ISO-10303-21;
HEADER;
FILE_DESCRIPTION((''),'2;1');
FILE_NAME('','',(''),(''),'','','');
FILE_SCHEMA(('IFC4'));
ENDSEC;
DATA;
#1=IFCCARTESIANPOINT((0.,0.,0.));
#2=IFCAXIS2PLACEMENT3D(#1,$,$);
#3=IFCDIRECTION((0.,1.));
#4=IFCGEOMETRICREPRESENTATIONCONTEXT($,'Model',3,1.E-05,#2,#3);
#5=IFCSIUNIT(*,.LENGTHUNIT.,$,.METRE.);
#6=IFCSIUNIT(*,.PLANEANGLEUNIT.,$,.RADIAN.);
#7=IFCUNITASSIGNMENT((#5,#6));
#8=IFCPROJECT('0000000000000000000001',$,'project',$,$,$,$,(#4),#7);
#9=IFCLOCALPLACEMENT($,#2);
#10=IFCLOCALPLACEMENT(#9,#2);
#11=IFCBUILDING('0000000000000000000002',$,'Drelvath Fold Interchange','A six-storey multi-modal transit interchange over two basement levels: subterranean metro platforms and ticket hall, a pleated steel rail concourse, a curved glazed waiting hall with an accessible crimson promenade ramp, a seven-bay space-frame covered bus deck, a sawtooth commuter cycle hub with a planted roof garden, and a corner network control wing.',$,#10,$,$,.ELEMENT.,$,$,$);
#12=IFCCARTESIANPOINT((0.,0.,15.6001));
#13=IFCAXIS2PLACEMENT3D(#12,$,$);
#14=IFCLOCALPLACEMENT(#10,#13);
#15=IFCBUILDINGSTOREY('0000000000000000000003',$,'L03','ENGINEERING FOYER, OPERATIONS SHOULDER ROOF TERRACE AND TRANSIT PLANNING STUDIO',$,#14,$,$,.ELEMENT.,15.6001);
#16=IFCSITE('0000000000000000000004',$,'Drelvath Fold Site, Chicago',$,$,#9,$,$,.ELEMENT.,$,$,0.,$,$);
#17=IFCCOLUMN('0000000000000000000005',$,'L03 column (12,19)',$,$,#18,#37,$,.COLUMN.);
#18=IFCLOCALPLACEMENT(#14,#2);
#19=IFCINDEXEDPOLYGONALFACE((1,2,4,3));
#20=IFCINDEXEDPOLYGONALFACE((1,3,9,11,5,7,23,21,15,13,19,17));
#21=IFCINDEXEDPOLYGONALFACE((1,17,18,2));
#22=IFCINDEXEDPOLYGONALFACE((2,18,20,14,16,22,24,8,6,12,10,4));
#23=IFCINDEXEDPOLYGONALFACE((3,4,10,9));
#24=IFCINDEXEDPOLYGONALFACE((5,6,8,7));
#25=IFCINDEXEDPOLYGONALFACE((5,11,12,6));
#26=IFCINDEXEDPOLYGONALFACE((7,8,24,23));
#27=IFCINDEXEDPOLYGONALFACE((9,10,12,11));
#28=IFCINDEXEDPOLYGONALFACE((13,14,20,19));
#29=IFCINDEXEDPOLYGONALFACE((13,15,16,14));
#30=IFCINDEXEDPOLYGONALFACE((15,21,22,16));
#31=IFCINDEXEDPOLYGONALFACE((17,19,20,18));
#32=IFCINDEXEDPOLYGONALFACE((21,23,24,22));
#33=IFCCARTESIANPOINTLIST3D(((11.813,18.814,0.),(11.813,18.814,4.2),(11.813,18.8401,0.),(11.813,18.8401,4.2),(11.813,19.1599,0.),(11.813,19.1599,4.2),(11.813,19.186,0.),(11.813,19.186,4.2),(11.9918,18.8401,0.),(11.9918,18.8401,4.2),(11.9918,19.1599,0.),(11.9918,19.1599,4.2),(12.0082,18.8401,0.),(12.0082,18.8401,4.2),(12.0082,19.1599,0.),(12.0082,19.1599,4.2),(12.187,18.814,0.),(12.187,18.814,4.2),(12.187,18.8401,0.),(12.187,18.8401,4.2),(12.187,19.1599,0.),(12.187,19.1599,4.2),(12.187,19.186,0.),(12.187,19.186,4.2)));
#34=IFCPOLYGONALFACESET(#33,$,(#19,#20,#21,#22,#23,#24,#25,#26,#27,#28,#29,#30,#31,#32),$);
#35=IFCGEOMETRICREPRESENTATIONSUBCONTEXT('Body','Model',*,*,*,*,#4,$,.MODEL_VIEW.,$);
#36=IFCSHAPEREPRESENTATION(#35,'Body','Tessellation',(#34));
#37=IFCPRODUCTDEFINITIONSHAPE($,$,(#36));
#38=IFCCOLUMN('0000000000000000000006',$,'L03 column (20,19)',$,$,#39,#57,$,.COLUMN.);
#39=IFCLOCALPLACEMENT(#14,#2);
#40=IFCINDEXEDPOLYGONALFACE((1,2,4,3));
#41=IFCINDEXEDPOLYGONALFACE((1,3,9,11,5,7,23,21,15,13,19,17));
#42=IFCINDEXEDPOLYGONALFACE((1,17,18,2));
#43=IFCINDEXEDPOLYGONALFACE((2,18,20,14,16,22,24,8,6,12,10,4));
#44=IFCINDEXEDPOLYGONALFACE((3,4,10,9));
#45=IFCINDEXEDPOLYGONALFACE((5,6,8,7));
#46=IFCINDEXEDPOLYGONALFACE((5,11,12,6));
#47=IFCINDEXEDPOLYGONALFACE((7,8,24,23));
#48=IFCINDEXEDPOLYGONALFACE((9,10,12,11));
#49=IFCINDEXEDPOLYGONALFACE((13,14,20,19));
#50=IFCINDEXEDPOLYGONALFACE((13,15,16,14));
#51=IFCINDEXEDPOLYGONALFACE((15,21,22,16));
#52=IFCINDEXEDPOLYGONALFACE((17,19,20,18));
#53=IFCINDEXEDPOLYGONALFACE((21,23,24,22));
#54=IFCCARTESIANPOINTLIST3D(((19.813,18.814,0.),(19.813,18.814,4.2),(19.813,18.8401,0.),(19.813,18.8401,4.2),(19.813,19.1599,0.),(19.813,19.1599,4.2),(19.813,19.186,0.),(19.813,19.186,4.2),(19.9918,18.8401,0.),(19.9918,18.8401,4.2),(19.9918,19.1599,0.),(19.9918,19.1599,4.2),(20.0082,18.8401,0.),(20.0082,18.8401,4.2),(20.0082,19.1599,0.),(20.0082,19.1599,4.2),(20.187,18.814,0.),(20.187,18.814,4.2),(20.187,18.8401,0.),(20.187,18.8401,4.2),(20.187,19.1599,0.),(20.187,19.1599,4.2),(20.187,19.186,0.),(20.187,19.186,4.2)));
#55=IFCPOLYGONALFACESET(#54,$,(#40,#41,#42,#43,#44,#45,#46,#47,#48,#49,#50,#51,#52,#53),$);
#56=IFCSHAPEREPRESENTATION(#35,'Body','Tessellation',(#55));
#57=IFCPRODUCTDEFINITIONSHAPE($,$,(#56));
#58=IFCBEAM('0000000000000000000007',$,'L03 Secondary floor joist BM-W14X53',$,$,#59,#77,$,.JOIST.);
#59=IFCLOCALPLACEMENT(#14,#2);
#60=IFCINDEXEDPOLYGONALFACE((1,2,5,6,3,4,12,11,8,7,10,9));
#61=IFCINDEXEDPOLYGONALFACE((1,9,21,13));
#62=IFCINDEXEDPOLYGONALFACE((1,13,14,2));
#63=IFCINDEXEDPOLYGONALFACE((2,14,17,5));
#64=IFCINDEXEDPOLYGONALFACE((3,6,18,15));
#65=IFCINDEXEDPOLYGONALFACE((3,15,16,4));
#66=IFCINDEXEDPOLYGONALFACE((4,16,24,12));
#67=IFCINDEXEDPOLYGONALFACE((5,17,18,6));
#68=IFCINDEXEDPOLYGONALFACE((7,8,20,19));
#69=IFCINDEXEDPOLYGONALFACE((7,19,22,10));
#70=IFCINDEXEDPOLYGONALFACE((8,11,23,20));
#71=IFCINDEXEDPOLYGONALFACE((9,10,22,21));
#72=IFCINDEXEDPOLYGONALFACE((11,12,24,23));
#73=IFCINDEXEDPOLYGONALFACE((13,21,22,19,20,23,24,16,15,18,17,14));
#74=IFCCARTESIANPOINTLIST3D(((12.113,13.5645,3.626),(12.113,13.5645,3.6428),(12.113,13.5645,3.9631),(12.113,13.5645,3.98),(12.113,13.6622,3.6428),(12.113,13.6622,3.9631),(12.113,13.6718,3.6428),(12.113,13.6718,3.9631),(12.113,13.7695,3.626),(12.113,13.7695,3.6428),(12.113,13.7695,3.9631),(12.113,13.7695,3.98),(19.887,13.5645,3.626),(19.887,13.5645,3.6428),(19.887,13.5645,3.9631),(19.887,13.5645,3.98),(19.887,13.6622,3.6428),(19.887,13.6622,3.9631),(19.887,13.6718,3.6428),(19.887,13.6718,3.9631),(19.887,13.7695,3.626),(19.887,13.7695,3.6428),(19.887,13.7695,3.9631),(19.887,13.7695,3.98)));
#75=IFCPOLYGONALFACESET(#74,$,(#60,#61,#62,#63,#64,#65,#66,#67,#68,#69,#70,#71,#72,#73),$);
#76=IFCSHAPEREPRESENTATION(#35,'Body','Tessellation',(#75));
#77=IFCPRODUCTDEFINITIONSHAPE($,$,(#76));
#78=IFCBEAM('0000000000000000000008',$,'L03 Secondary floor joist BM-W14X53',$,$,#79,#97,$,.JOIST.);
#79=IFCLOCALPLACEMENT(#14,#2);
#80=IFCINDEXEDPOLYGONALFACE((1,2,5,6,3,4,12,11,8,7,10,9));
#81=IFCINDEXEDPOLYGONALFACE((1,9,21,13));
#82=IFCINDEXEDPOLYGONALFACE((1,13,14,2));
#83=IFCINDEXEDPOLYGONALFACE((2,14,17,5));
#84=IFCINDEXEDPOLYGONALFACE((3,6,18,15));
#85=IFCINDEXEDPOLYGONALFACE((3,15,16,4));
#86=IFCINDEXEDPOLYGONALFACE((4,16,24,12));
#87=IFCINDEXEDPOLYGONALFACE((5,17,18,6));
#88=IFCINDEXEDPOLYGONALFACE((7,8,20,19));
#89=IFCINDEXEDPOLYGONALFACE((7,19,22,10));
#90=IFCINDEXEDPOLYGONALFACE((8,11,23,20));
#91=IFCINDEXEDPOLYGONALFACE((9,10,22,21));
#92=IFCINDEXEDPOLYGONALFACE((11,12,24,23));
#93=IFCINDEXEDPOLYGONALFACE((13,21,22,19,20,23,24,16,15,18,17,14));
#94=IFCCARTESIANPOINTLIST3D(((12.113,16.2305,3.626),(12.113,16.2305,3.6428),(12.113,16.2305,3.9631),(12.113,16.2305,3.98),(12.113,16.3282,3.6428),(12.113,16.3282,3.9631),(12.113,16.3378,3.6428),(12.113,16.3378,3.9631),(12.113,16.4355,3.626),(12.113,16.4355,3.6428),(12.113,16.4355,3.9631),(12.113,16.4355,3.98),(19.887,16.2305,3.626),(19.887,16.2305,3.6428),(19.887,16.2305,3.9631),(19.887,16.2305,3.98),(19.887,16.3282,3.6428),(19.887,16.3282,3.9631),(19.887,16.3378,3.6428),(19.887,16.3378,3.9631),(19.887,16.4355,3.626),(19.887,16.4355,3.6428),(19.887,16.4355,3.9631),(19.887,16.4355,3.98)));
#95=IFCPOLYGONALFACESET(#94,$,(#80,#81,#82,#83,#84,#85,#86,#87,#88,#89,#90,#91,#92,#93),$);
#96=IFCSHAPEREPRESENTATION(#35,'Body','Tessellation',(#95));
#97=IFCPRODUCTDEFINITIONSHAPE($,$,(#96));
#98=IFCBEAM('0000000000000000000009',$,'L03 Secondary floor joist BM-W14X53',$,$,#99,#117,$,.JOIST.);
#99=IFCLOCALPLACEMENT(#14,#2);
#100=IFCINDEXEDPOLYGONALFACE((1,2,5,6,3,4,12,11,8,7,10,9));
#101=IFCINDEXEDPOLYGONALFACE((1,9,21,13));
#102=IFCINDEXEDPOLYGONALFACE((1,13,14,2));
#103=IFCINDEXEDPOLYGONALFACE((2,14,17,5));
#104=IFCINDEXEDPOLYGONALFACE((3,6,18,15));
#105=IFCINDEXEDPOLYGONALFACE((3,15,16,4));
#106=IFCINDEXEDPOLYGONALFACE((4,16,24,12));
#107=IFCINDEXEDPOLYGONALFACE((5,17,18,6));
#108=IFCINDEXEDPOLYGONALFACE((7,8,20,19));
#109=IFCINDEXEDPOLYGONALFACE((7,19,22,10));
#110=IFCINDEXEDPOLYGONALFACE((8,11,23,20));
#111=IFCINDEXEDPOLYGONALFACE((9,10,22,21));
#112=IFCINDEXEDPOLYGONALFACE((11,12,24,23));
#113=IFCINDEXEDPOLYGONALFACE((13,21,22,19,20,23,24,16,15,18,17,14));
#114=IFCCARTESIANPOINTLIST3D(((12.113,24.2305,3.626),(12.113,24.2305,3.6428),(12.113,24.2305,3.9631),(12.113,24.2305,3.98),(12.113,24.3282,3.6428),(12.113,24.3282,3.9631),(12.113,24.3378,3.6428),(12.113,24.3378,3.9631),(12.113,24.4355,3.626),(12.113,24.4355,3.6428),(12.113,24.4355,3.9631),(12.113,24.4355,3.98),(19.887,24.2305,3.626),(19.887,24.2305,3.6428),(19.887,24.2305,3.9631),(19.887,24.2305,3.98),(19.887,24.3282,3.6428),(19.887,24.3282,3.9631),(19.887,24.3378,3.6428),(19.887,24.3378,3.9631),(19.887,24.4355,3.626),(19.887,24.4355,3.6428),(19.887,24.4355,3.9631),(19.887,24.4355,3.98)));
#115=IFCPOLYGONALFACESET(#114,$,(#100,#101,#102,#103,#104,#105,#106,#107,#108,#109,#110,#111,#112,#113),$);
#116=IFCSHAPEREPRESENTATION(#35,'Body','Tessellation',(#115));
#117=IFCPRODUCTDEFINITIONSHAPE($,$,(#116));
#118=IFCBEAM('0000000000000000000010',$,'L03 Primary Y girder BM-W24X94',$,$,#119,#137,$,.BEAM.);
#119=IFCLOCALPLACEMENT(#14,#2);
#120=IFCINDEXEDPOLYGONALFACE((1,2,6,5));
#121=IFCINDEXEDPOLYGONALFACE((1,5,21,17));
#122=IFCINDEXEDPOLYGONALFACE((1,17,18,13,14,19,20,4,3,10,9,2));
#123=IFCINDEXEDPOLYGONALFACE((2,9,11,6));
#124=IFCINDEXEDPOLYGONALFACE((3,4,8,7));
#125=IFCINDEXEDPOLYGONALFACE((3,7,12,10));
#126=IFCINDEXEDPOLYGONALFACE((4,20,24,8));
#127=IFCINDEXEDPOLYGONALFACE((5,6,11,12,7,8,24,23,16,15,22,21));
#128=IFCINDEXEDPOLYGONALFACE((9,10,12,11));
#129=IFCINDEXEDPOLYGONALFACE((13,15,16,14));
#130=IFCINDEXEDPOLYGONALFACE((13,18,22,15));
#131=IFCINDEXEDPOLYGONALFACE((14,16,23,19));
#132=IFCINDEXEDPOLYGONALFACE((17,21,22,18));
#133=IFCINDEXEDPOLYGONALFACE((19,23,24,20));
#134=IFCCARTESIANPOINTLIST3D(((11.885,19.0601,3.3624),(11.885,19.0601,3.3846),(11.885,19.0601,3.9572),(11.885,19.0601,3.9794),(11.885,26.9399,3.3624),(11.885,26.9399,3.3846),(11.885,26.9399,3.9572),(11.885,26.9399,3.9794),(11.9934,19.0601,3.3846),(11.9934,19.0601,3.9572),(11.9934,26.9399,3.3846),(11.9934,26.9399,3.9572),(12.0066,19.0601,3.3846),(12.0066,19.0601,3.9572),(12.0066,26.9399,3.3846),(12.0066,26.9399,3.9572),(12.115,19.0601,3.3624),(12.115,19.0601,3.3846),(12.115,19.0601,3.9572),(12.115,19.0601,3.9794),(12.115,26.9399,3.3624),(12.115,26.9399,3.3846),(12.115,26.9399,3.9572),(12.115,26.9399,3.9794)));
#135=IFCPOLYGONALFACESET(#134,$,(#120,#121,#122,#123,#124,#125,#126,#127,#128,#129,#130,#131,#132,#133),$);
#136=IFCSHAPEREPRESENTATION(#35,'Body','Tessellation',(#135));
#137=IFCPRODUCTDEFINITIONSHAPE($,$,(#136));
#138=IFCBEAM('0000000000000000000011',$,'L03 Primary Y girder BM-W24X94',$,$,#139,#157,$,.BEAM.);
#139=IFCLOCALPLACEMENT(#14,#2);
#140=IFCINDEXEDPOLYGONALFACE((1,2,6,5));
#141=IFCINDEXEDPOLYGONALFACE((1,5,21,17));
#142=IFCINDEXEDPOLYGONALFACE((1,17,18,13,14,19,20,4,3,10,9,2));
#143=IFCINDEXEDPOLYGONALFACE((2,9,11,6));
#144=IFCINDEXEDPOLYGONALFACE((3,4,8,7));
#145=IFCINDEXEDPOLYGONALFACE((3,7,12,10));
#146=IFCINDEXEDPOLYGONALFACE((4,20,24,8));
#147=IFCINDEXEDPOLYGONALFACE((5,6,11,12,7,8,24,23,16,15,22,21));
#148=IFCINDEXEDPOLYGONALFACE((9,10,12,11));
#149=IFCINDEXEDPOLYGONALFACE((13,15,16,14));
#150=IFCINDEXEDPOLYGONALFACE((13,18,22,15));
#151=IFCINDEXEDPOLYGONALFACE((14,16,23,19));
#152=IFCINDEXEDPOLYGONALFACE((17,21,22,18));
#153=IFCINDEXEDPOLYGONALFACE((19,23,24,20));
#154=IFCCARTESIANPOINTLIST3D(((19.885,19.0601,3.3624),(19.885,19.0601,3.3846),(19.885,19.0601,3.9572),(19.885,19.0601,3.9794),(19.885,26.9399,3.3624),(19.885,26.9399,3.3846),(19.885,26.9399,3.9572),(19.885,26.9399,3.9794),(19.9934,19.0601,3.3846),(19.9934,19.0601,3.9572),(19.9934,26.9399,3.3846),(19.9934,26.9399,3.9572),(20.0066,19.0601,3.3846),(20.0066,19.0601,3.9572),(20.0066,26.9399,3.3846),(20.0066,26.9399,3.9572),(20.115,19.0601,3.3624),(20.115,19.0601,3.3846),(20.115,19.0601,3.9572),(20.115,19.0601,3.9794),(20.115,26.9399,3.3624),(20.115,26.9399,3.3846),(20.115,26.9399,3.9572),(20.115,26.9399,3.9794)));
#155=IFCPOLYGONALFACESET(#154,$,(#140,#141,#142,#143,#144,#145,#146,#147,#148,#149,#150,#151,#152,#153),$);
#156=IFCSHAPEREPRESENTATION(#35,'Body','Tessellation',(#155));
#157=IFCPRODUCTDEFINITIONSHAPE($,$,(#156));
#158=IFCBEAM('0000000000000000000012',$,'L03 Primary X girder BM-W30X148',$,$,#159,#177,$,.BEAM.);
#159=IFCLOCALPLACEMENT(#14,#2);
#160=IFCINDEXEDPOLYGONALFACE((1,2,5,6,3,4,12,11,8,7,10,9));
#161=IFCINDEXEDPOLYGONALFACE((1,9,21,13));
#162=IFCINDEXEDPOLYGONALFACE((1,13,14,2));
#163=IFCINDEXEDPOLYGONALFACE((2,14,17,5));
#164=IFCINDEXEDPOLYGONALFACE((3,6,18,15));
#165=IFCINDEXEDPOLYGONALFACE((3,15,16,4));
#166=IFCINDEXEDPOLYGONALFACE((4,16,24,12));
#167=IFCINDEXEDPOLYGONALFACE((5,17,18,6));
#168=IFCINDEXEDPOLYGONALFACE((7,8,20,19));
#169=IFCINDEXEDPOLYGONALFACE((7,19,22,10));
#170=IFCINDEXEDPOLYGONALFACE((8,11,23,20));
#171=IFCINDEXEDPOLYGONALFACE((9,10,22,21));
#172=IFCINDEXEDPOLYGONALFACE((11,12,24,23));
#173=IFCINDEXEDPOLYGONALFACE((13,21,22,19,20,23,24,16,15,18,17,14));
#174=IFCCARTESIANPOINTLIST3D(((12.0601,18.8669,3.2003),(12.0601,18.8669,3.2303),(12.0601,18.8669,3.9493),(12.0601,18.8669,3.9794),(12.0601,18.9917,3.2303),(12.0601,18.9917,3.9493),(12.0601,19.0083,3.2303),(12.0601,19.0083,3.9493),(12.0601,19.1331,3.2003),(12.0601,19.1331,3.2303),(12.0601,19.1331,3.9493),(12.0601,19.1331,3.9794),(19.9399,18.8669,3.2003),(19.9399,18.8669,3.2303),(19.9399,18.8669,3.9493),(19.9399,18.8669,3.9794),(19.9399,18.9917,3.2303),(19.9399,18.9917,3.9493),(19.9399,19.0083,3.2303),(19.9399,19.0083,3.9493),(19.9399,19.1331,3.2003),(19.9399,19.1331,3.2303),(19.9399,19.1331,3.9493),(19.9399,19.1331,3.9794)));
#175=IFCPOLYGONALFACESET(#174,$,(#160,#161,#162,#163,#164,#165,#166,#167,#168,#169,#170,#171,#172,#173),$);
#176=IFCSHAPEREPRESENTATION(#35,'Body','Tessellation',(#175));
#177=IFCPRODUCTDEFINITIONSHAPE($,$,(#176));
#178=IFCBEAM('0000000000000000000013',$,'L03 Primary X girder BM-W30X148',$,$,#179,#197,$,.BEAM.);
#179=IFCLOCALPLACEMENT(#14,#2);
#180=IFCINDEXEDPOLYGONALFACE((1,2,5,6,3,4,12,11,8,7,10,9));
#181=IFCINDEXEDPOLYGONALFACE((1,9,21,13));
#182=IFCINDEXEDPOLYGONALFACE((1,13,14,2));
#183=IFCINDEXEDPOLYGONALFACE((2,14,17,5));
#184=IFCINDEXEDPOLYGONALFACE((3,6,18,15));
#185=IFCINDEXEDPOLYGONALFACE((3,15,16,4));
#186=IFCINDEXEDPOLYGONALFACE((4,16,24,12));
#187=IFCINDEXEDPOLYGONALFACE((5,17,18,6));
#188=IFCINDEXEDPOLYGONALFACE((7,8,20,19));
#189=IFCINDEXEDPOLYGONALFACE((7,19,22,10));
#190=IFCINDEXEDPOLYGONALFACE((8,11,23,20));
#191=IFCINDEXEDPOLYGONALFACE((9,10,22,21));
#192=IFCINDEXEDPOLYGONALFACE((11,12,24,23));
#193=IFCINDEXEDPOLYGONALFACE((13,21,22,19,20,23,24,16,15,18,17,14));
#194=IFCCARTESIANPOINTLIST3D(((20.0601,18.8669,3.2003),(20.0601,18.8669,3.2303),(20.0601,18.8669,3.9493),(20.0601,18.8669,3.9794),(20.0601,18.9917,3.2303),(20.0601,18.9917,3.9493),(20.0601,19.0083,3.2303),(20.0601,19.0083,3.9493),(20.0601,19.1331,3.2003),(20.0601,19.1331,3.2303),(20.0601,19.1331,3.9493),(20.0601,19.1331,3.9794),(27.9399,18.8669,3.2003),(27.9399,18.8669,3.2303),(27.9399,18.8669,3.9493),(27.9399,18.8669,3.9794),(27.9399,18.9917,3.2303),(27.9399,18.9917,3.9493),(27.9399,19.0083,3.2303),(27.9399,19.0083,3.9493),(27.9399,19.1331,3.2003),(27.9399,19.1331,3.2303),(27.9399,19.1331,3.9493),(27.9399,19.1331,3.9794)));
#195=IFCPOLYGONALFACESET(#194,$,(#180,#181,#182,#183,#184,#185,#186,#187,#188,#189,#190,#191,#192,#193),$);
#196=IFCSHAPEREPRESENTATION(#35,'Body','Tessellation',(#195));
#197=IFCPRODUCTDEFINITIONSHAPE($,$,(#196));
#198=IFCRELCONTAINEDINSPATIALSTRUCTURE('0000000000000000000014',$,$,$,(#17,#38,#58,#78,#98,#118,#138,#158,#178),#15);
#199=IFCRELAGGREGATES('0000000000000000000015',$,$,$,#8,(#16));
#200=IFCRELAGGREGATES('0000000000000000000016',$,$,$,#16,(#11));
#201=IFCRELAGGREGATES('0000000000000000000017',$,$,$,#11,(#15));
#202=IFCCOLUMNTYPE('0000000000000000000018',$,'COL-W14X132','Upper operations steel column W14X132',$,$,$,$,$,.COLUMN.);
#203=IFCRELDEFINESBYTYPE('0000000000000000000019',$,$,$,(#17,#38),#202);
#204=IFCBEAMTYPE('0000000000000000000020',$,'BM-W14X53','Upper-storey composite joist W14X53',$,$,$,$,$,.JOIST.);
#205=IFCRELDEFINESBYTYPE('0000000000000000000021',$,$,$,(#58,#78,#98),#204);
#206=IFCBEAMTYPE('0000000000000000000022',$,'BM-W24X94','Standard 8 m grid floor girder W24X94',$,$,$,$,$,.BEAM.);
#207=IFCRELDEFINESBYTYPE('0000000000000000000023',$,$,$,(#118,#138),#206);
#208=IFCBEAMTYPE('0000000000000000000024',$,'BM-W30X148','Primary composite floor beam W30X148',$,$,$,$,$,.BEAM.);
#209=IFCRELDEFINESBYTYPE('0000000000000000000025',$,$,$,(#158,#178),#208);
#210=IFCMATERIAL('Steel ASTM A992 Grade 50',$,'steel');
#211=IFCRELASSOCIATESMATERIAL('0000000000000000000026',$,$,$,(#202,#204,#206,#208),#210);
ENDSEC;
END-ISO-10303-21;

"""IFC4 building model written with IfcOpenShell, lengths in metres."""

from ifc_helpers import new_model, si_unit, direction, frame, origin, origin_2d, place, context, subcontext, project, spatial, i_section, extrude, material, material_profile, profile_set, type_object, element, save


model = new_model("IFC4")

# Units and contexts
model_context = context("Model", 3, precision=1e-05, world=origin(), true_north=direction((0.0, 1.0)))
body_context = subcontext(model_context, "Body", "Model", "MODEL_VIEW")
ifc_project = project(units=[si_unit("LENGTHUNIT", "METRE"), si_unit("PLANEANGLEUNIT", "RADIAN")], contexts=[model_context])

# Site, building, storey
site_placement = place(None, origin())
site = spatial("IfcSite", under=ifc_project, at=site_placement, Name="Drelvath Fold Site, Chicago", CompositionType="ELEMENT", RefElevation=0.0)
building_placement = place(site_placement, origin())
building = spatial("IfcBuilding", under=site, at=building_placement, Name="Drelvath Fold Interchange", Description="A six-storey multi-modal transit interchange over two basement levels: subterranean metro platforms and ticket hall, a pleated steel rail concourse, a curved glazed waiting hall with an accessible crimson promenade ramp, a seven-bay space-frame covered bus deck, a sawtooth commuter cycle hub with a planted roof garden, and a corner network control wing.", CompositionType="ELEMENT")
storey_placement = place(building_placement, frame((0.0, 0.0, 15.6001)))
storey = spatial("IfcBuildingStorey", under=building, at=storey_placement, Name="L03", Description="ENGINEERING FOYER, OPERATIONS SHOULDER ROOF TERRACE AND TRANSIT PLANNING STUDIO", CompositionType="ELEMENT", Elevation=15.6001)

# Columns
ifc_material_1 = material(Name="Steel ASTM A992 Grade 50", Category="steel")
ifc_material_profile_1 = material_profile(ifc_material_1, i_section(OverallWidth=0.374, OverallDepth=0.3721, WebThickness=0.0164, FlangeThickness=0.0261, at=origin_2d()), Name="W14X132")
ifc_profile_set_1 = profile_set([ifc_material_profile_1], Name="Steel ASTM A992 Grade 50")
column_type = type_object("IfcColumnType", Name="COL-W14X132", Description="Upper operations steel column W14X132", PredefinedType="COLUMN", material=ifc_profile_set_1)
for number, where, z_axis, x_axis, name in (
    (1, (12.0, 19.0, 0.0), (0.0, 0.0, 1.0), (1.0, 0.0, 0.0), "L03 column (12,19)"),
    (2, (20.0, 19.0, 0.0), (0.0, 0.0, 1.0), (1.0, 0.0, 0.0), "L03 column (20,19)"),
):
    element("IfcColumn", number, at=place(storey_placement, frame(where, z_axis=z_axis, x_axis=x_axis)), inside=storey, type_object=column_type, Name=name, PredefinedType="COLUMN", context=body_context, shape_type="SweptSolid", body=[
        extrude(i_section(OverallWidth=0.374, OverallDepth=0.3721, WebThickness=0.0164, FlangeThickness=0.0261, at=origin_2d()), origin(), (0.0, 0.0, 1.0), 4.2),
    ])

# Beams
ifc_material_profile_2 = material_profile(ifc_material_1, i_section(OverallWidth=0.2051, OverallDepth=0.354, WebThickness=0.0095, FlangeThickness=0.0168, at=origin_2d()), Name="W14X53")
ifc_profile_set_2 = profile_set([ifc_material_profile_2], Name="Steel ASTM A992 Grade 50")
beam_type_1 = type_object("IfcBeamType", Name="BM-W14X53", Description="Upper-storey composite joist W14X53", PredefinedType="JOIST", material=ifc_profile_set_2)
for number, where, z_axis, x_axis, name in (
    (3, (12.113, 13.667, 3.803), (1.0, 0.0, 0.0), (0.0, 1.0, 0.0), "L03 Secondary floor joist BM-W14X53"),
    (4, (12.113, 16.333, 3.803), (1.0, 0.0, 0.0), (0.0, 1.0, 0.0), "L03 Secondary floor joist BM-W14X53"),
    (5, (12.113, 24.333, 3.803), (1.0, 0.0, 0.0), (0.0, 1.0, 0.0), "L03 Secondary floor joist BM-W14X53"),
):
    element("IfcBeam", number, at=place(storey_placement, frame(where, z_axis=z_axis, x_axis=x_axis)), inside=storey, type_object=beam_type_1, Name=name, PredefinedType="JOIST", context=body_context, shape_type="SweptSolid", body=[
        extrude(i_section(OverallWidth=0.2051, OverallDepth=0.354, WebThickness=0.0095, FlangeThickness=0.0168, at=origin_2d()), origin(), (0.0, 0.0, 1.0), 7.7739),
    ])
ifc_material_profile_3 = material_profile(ifc_material_1, i_section(OverallWidth=0.23, OverallDepth=0.6169, WebThickness=0.0132, FlangeThickness=0.0222, at=origin_2d()), Name="W24X94")
ifc_profile_set_3 = profile_set([ifc_material_profile_3], Name="Steel ASTM A992 Grade 50")
beam_type_2 = type_object("IfcBeamType", Name="BM-W24X94", Description="Standard 8 m grid floor girder W24X94", PredefinedType="BEAM", material=ifc_profile_set_3)
for number, where, z_axis, x_axis, name in (
    (6, (12.0, 19.0601, 3.6709), (0.0, 1.0, 0.0), (-1.0, 0.0, 0.0), "L03 Primary Y girder BM-W24X94"),
    (7, (20.0, 19.0601, 3.6709), (0.0, 1.0, 0.0), (-1.0, 0.0, 0.0), "L03 Primary Y girder BM-W24X94"),
):
    element("IfcBeam", number, at=place(storey_placement, frame(where, z_axis=z_axis, x_axis=x_axis)), inside=storey, type_object=beam_type_2, Name=name, PredefinedType="BEAM", context=body_context, shape_type="SweptSolid", body=[
        extrude(i_section(OverallWidth=0.23, OverallDepth=0.6169, WebThickness=0.0132, FlangeThickness=0.0222, at=origin_2d()), origin(), (0.0, 0.0, 1.0), 7.8799),
    ])
ifc_material_profile_4 = material_profile(ifc_material_1, i_section(OverallWidth=0.2661, OverallDepth=0.7791, WebThickness=0.0166, FlangeThickness=0.03, at=origin_2d()), Name="W30X148")
ifc_profile_set_4 = profile_set([ifc_material_profile_4], Name="Steel ASTM A992 Grade 50")
beam_type_3 = type_object("IfcBeamType", Name="BM-W30X148", Description="Primary composite floor beam W30X148", PredefinedType="BEAM", material=ifc_profile_set_4)
for number, where, z_axis, x_axis, name in (
    (8, (12.0601, 19.0, 3.5898), (1.0, 0.0, 0.0), (0.0, 1.0, 0.0), "L03 Primary X girder BM-W30X148"),
    (9, (20.0601, 19.0, 3.5898), (1.0, 0.0, 0.0), (0.0, 1.0, 0.0), "L03 Primary X girder BM-W30X148"),
):
    element("IfcBeam", number, at=place(storey_placement, frame(where, z_axis=z_axis, x_axis=x_axis)), inside=storey, type_object=beam_type_3, Name=name, PredefinedType="BEAM", context=body_context, shape_type="SweptSolid", body=[
        extrude(i_section(OverallWidth=0.2661, OverallDepth=0.7791, WebThickness=0.0166, FlangeThickness=0.03, at=origin_2d()), origin(), (0.0, 0.0, 1.0), 7.8799),
    ])

save(model, "model.ifc")
